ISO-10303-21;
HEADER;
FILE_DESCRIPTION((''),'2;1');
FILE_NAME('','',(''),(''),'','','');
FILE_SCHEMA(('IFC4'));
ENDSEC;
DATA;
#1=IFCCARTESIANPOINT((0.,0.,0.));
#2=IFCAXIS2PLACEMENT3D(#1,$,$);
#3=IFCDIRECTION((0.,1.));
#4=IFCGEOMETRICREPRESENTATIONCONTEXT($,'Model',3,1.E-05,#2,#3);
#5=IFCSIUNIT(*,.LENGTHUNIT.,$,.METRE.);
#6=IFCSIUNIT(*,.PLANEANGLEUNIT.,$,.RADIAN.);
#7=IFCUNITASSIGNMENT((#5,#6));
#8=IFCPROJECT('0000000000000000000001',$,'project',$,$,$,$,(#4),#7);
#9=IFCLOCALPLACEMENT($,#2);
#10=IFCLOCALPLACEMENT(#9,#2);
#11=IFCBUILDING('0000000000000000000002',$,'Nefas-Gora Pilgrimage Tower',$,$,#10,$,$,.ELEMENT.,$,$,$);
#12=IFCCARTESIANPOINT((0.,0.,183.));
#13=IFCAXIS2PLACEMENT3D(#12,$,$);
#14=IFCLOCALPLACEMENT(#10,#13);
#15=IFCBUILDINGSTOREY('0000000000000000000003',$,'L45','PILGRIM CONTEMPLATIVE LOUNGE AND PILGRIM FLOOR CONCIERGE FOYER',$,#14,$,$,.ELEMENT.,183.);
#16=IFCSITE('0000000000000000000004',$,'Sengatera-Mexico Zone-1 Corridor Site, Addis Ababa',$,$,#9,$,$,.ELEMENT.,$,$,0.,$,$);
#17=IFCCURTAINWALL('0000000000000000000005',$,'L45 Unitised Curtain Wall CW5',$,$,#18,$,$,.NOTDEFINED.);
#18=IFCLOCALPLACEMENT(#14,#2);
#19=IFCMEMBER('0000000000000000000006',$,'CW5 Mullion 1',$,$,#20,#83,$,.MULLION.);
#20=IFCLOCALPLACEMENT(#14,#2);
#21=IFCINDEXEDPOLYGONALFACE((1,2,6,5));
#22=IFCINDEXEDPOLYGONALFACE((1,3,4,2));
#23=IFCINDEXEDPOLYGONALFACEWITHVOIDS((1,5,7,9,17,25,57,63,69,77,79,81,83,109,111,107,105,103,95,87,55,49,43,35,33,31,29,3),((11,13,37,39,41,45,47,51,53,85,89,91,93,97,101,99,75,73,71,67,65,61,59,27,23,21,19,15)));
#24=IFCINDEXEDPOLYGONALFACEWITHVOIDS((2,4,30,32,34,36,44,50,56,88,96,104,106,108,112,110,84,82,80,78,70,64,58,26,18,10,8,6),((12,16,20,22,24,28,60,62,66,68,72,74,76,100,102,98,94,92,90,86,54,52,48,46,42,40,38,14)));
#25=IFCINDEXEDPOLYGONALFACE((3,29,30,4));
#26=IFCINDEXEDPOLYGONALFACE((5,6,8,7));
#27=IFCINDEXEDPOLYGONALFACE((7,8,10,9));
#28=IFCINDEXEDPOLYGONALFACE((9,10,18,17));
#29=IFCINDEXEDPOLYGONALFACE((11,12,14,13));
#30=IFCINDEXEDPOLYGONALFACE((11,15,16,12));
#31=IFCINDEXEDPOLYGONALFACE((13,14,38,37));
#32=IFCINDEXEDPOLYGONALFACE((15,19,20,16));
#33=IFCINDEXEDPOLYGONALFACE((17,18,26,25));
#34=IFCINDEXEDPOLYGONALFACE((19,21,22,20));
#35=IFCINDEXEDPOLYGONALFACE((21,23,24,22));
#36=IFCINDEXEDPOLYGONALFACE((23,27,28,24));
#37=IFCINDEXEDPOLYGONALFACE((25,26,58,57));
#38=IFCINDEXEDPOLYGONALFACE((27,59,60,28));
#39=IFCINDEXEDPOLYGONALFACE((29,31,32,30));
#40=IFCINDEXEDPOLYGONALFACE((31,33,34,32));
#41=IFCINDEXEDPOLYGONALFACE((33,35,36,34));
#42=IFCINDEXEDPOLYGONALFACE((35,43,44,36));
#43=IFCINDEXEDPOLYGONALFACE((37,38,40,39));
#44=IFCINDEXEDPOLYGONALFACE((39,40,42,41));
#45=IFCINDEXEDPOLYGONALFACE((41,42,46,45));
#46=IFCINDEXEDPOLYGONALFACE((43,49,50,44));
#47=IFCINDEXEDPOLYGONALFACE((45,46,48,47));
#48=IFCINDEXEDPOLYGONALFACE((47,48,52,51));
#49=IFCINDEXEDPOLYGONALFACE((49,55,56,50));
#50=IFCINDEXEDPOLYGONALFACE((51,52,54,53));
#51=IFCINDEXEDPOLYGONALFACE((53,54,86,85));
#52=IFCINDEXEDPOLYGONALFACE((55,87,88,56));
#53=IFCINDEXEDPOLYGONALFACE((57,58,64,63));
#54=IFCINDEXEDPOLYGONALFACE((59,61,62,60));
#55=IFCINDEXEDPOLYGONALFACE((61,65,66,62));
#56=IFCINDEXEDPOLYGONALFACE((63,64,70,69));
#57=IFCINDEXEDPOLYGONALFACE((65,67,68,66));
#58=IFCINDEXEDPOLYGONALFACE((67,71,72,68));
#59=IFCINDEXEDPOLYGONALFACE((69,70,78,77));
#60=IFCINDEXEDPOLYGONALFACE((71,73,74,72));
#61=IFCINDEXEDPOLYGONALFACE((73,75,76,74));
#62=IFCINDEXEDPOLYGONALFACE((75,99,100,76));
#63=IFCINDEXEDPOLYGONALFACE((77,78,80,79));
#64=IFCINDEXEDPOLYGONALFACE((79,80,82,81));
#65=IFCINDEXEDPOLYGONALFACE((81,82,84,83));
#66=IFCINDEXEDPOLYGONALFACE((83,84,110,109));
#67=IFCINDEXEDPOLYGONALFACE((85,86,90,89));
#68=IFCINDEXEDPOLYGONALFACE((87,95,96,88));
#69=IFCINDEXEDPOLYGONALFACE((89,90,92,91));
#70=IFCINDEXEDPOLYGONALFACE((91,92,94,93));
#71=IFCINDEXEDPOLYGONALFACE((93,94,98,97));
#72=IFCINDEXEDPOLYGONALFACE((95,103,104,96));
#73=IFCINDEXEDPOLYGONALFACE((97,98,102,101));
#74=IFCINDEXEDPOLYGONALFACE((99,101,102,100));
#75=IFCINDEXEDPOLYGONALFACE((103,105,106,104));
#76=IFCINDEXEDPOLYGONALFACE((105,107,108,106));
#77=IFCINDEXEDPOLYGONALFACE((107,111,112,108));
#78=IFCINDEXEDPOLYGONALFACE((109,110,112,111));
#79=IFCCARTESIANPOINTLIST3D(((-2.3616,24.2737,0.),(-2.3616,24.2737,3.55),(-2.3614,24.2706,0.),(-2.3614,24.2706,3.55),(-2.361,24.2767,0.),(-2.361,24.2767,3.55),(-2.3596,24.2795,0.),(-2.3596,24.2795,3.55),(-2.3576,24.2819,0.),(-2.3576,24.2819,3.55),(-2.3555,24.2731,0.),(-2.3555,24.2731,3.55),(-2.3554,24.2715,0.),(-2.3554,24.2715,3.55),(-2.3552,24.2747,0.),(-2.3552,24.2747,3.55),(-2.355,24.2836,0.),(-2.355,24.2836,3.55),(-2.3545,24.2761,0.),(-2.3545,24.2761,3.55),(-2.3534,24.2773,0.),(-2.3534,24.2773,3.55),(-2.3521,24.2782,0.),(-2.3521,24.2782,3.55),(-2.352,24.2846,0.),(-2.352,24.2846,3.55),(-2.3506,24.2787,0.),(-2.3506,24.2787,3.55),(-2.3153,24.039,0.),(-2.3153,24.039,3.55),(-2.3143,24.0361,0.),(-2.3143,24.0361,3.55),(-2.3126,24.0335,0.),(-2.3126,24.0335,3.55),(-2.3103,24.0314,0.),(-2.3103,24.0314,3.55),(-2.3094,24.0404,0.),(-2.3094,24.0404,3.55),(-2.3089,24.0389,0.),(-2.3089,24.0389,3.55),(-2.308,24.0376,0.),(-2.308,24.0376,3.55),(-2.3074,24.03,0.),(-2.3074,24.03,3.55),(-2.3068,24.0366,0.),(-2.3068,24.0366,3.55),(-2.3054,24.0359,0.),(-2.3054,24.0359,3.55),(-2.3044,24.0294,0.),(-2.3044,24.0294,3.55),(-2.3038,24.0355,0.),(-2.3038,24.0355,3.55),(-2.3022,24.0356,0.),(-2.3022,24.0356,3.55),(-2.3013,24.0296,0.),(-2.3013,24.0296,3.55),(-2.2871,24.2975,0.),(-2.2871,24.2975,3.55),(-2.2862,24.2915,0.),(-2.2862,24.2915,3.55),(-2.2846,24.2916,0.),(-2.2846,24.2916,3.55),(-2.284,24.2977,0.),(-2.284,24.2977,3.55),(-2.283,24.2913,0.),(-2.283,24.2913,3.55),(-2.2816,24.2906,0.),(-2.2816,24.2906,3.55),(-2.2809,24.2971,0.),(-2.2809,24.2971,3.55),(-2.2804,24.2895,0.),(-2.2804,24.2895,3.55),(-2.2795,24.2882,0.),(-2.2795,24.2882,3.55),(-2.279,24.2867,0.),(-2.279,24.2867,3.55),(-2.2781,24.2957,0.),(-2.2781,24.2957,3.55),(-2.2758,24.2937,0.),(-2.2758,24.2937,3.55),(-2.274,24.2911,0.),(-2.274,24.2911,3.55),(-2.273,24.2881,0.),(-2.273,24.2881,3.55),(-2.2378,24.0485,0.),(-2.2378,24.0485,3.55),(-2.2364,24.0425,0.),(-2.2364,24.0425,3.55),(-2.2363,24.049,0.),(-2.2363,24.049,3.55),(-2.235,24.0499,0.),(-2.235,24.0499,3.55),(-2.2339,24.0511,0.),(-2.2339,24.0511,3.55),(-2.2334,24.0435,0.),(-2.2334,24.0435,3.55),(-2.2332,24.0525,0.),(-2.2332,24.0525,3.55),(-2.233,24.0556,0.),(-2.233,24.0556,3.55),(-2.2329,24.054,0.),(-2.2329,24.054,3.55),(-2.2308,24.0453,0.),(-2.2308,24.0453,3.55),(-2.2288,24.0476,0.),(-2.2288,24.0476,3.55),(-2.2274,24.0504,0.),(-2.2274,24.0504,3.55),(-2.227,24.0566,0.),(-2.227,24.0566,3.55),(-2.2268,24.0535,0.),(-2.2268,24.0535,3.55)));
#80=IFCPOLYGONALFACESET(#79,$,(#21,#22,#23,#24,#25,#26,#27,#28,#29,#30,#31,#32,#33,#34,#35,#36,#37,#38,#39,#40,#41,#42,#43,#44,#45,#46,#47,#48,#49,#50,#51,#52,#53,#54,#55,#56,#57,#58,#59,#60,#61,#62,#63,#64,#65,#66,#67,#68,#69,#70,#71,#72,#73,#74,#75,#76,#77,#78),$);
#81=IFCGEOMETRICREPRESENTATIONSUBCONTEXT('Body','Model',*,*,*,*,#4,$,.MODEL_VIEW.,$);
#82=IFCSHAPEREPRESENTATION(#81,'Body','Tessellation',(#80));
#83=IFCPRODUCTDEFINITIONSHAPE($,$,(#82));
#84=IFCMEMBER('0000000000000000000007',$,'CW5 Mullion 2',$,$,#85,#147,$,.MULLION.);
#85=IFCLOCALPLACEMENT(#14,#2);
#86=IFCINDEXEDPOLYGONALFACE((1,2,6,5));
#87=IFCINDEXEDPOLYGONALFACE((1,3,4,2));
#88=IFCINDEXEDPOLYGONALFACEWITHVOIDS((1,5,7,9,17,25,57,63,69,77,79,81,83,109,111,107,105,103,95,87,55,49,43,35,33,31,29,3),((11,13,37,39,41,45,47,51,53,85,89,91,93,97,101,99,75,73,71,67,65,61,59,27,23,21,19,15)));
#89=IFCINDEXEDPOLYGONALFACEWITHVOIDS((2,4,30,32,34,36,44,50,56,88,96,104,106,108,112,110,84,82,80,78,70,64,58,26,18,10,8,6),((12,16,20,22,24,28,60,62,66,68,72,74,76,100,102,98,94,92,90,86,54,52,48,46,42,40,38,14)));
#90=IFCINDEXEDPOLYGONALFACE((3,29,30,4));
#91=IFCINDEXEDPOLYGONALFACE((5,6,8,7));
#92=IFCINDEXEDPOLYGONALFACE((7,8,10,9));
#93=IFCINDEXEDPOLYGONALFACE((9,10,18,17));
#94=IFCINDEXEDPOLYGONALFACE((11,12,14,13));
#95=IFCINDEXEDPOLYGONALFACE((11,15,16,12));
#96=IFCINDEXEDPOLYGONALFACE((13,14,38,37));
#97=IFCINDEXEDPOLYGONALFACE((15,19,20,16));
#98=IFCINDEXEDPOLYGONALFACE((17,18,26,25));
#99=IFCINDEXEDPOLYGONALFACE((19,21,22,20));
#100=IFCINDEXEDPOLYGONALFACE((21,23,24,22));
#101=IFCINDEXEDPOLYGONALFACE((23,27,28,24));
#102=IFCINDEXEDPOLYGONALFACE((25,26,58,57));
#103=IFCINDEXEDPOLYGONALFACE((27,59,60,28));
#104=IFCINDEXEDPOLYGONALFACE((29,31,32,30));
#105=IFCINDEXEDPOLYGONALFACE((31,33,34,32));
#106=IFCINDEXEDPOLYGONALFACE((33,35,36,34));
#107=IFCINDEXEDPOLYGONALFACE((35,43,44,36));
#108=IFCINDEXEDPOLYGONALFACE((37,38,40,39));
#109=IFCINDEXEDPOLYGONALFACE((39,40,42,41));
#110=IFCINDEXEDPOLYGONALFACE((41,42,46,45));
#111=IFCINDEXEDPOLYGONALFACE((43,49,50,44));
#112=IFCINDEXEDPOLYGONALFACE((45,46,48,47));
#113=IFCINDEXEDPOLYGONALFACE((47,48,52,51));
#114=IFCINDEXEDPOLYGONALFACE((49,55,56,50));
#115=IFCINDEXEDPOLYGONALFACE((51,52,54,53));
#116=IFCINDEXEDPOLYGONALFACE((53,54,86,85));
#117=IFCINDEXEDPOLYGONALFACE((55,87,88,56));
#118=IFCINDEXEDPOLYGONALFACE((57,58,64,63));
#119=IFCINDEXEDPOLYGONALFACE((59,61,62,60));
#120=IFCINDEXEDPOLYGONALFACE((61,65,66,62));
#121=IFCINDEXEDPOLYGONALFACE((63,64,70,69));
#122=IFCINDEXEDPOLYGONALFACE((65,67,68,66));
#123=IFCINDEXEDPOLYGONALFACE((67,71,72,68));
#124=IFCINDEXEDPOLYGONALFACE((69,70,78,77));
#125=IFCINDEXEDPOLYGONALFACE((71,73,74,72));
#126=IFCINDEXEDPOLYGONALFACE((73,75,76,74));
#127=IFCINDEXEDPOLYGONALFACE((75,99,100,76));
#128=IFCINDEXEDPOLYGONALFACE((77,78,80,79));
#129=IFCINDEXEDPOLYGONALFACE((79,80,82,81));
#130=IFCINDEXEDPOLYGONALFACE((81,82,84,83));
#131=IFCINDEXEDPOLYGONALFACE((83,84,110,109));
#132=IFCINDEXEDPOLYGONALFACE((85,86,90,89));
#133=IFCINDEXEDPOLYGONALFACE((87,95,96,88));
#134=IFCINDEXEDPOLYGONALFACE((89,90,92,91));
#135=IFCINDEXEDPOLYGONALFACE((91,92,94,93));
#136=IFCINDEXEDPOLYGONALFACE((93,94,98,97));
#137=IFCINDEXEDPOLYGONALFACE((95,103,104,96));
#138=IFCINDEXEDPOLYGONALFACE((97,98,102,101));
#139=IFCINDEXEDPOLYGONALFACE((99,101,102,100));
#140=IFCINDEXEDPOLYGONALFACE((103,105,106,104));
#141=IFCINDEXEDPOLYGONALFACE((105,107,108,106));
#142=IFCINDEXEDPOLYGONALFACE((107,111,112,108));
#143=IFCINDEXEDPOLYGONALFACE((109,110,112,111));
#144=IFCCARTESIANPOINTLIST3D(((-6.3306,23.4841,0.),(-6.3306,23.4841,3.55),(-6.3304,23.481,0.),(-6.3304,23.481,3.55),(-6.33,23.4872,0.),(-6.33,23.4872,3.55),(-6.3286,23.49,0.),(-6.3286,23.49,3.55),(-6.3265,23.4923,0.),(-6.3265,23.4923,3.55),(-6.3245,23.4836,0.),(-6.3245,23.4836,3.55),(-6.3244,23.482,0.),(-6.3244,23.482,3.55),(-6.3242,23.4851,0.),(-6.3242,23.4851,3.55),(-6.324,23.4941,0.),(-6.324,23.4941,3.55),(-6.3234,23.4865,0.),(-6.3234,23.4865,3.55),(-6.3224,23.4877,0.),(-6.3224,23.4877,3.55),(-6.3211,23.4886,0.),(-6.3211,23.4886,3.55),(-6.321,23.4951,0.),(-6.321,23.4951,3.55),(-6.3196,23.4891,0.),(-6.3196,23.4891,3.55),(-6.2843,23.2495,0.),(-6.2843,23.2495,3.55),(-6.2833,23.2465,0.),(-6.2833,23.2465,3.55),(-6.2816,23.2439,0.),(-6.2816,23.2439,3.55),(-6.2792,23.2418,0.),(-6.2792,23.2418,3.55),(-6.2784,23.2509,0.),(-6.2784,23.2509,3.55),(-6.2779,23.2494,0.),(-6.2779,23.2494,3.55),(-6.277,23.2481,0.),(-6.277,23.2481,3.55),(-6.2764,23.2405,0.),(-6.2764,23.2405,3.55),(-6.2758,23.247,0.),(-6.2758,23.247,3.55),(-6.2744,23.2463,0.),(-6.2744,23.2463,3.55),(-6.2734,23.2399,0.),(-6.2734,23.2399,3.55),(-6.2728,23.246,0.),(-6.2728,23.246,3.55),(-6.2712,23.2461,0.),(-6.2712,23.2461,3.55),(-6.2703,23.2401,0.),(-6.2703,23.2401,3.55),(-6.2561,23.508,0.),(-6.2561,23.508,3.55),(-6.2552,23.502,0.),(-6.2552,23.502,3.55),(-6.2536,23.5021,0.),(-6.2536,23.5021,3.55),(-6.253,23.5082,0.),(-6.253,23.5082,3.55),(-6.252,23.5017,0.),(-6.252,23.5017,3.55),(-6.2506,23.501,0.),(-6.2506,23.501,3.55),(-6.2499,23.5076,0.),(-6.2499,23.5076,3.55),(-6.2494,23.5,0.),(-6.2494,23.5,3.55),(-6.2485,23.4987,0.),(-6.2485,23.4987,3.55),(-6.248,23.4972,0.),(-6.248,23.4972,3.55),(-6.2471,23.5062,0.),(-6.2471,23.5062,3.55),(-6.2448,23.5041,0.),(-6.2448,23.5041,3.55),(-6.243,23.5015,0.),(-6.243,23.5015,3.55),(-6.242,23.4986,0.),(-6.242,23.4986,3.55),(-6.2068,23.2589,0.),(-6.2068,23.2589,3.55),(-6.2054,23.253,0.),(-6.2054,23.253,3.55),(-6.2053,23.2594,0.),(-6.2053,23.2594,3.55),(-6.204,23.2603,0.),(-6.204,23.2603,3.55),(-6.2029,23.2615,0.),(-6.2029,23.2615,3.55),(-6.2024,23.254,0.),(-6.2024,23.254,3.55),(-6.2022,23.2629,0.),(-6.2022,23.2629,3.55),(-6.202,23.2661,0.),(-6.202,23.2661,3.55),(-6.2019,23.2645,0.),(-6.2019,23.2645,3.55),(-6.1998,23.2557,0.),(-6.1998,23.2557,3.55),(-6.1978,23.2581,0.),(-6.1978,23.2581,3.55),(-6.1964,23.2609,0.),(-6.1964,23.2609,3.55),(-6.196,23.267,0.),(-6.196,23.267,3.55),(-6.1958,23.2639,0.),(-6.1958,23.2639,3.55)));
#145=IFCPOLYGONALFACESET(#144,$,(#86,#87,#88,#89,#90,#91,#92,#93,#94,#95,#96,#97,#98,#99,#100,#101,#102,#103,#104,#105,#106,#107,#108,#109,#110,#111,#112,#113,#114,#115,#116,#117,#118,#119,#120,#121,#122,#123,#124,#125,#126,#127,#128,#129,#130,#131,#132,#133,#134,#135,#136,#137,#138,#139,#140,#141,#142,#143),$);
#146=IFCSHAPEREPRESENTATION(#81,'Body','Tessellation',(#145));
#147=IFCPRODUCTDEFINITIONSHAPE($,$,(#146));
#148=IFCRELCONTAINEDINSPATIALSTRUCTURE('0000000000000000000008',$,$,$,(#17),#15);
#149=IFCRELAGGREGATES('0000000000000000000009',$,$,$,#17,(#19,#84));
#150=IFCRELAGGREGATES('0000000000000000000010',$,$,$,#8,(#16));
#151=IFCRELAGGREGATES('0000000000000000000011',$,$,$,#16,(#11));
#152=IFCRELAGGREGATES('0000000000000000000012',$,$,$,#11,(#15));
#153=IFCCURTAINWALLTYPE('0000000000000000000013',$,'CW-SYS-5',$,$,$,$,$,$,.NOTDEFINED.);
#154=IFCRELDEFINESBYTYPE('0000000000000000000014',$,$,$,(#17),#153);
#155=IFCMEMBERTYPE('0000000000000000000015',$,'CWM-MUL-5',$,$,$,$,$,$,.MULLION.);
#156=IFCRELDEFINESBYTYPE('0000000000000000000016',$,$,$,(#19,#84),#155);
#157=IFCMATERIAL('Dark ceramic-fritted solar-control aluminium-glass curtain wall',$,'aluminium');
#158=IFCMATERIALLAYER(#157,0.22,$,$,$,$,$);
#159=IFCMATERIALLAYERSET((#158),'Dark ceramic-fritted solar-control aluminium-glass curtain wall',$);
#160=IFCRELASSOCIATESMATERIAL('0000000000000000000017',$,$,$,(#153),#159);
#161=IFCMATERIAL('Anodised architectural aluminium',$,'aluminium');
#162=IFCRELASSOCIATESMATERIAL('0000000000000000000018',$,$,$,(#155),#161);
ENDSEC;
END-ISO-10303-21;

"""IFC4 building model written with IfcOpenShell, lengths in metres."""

from ifc_helpers import new_model, si_unit, direction, frame, origin, origin_2d, place, context, subcontext, project, spatial, hollow_rectangle, extrude, source, transform, mapped, material, layer, layer_set, material_profile, profile_set, type_object, element, aggregate, save


model = new_model("IFC4")

# Units and contexts
model_context = context("Model", 3, precision=1e-05, world=origin(), true_north=direction((0.0, 1.0)))
body_context = subcontext(model_context, "Body", "Model", "MODEL_VIEW")
ifc_project = project(units=[si_unit("LENGTHUNIT", "METRE"), si_unit("PLANEANGLEUNIT", "RADIAN")], contexts=[model_context])

# Site, building, storey
site_placement = place(None, origin())
site = spatial("IfcSite", under=ifc_project, at=site_placement, Name="Sengatera-Mexico Zone-1 Corridor Site, Addis Ababa", CompositionType="ELEMENT", RefElevation=0.0)
building_placement = place(site_placement, origin())
building = spatial("IfcBuilding", under=site, at=building_placement, Name="Nefas-Gora Pilgrimage Tower", CompositionType="ELEMENT")
storey_placement = place(building_placement, frame((0.0, 0.0, 183.0)))
storey = spatial("IfcBuildingStorey", under=building, at=storey_placement, Name="L45", Description="PILGRIM CONTEMPLATIVE LOUNGE AND PILGRIM FLOOR CONCIERGE FOYER", CompositionType="ELEMENT", Elevation=183.0)

# Shared definitions
ifc_material_1 = material(Name="Dark ceramic-fritted solar-control aluminium-glass curtain wall", Category="aluminium")
ifc_layer_1 = layer(ifc_material_1, 0.22)
ifc_layer_set_1 = layer_set([ifc_layer_1], Name="Dark ceramic-fritted solar-control aluminium-glass curtain wall")
curtain_wall_type = type_object("IfcCurtainWallType", Name="CW-SYS-5", PredefinedType="NOTDEFINED", material=ifc_layer_set_1)
ifc_material_2 = material(Name="Anodised architectural aluminium", Category="aluminium")
ifc_material_profile_1 = material_profile(ifc_material_2, hollow_rectangle(XDim=0.0901, YDim=0.26, WallThickness=0.0061, InnerFilletRadius=0.0061, OuterFilletRadius=0.012, at=origin_2d()), Name="ALU MULLION 90x260")
ifc_profile_set_1 = profile_set([ifc_material_profile_1], Name="Anodised architectural aluminium")
member_type_1 = type_object("IfcMemberType", Name="CWM-MUL-5", PredefinedType="MULLION", material=ifc_profile_set_1)
shared_shape_1 = source(origin(), body_context, "Body", "SweptSolid", [
    extrude(hollow_rectangle(XDim=0.0901, YDim=0.26, WallThickness=0.0061, InnerFilletRadius=0.0061, OuterFilletRadius=0.012, at=origin_2d()), origin(), (0.0, 0.0, 1.0), 3.55),
])

# Curtain wall, members
curtain_wall_1_placement = place(storey_placement, origin())
curtain_wall_1 = element("IfcCurtainWall", 1, at=curtain_wall_1_placement, inside=storey, type_object=curtain_wall_type, Name="L45 Unitised Curtain Wall CW5", PredefinedType="NOTDEFINED")
member_1_placement = place(storey_placement, frame((-2.2942, 24.1636, 0.0), z_axis=(0.0, 0.0, 1.0), x_axis=(-0.980783, -0.195102, 0.0)))
member_1 = element("IfcMember", 2, at=member_1_placement, type_object=member_type_1, Name="CW5 Mullion 1", PredefinedType="MULLION", context=body_context, shape_type="MappedRepresentation", body=[
    mapped(shared_shape_1, transform((0.0, 0.0, 0.0), x_axis=(1.0, 0.0, 0.0), y_axis=(0.0, 1.0, 0.0), z_axis=(0.0, 0.0, 1.0), scale=1.0)),
])
member_2_placement = place(storey_placement, frame((-6.2632, 23.374, 0.0), z_axis=(0.0, 0.0, 1.0), x_axis=(-0.980783, -0.195102, 0.0)))
member_2 = element("IfcMember", 3, at=member_2_placement, type_object=member_type_1, Name="CW5 Mullion 2", PredefinedType="MULLION", context=body_context, shape_type="MappedRepresentation", body=[
    mapped(shared_shape_1, transform((0.0, 0.0, 0.0), x_axis=(1.0, 0.0, 0.0), y_axis=(0.0, 1.0, 0.0), z_axis=(0.0, 0.0, 1.0), scale=1.0)),
])

aggregate(curtain_wall_1, [member_1, member_2])

save(model, "model.ifc")
